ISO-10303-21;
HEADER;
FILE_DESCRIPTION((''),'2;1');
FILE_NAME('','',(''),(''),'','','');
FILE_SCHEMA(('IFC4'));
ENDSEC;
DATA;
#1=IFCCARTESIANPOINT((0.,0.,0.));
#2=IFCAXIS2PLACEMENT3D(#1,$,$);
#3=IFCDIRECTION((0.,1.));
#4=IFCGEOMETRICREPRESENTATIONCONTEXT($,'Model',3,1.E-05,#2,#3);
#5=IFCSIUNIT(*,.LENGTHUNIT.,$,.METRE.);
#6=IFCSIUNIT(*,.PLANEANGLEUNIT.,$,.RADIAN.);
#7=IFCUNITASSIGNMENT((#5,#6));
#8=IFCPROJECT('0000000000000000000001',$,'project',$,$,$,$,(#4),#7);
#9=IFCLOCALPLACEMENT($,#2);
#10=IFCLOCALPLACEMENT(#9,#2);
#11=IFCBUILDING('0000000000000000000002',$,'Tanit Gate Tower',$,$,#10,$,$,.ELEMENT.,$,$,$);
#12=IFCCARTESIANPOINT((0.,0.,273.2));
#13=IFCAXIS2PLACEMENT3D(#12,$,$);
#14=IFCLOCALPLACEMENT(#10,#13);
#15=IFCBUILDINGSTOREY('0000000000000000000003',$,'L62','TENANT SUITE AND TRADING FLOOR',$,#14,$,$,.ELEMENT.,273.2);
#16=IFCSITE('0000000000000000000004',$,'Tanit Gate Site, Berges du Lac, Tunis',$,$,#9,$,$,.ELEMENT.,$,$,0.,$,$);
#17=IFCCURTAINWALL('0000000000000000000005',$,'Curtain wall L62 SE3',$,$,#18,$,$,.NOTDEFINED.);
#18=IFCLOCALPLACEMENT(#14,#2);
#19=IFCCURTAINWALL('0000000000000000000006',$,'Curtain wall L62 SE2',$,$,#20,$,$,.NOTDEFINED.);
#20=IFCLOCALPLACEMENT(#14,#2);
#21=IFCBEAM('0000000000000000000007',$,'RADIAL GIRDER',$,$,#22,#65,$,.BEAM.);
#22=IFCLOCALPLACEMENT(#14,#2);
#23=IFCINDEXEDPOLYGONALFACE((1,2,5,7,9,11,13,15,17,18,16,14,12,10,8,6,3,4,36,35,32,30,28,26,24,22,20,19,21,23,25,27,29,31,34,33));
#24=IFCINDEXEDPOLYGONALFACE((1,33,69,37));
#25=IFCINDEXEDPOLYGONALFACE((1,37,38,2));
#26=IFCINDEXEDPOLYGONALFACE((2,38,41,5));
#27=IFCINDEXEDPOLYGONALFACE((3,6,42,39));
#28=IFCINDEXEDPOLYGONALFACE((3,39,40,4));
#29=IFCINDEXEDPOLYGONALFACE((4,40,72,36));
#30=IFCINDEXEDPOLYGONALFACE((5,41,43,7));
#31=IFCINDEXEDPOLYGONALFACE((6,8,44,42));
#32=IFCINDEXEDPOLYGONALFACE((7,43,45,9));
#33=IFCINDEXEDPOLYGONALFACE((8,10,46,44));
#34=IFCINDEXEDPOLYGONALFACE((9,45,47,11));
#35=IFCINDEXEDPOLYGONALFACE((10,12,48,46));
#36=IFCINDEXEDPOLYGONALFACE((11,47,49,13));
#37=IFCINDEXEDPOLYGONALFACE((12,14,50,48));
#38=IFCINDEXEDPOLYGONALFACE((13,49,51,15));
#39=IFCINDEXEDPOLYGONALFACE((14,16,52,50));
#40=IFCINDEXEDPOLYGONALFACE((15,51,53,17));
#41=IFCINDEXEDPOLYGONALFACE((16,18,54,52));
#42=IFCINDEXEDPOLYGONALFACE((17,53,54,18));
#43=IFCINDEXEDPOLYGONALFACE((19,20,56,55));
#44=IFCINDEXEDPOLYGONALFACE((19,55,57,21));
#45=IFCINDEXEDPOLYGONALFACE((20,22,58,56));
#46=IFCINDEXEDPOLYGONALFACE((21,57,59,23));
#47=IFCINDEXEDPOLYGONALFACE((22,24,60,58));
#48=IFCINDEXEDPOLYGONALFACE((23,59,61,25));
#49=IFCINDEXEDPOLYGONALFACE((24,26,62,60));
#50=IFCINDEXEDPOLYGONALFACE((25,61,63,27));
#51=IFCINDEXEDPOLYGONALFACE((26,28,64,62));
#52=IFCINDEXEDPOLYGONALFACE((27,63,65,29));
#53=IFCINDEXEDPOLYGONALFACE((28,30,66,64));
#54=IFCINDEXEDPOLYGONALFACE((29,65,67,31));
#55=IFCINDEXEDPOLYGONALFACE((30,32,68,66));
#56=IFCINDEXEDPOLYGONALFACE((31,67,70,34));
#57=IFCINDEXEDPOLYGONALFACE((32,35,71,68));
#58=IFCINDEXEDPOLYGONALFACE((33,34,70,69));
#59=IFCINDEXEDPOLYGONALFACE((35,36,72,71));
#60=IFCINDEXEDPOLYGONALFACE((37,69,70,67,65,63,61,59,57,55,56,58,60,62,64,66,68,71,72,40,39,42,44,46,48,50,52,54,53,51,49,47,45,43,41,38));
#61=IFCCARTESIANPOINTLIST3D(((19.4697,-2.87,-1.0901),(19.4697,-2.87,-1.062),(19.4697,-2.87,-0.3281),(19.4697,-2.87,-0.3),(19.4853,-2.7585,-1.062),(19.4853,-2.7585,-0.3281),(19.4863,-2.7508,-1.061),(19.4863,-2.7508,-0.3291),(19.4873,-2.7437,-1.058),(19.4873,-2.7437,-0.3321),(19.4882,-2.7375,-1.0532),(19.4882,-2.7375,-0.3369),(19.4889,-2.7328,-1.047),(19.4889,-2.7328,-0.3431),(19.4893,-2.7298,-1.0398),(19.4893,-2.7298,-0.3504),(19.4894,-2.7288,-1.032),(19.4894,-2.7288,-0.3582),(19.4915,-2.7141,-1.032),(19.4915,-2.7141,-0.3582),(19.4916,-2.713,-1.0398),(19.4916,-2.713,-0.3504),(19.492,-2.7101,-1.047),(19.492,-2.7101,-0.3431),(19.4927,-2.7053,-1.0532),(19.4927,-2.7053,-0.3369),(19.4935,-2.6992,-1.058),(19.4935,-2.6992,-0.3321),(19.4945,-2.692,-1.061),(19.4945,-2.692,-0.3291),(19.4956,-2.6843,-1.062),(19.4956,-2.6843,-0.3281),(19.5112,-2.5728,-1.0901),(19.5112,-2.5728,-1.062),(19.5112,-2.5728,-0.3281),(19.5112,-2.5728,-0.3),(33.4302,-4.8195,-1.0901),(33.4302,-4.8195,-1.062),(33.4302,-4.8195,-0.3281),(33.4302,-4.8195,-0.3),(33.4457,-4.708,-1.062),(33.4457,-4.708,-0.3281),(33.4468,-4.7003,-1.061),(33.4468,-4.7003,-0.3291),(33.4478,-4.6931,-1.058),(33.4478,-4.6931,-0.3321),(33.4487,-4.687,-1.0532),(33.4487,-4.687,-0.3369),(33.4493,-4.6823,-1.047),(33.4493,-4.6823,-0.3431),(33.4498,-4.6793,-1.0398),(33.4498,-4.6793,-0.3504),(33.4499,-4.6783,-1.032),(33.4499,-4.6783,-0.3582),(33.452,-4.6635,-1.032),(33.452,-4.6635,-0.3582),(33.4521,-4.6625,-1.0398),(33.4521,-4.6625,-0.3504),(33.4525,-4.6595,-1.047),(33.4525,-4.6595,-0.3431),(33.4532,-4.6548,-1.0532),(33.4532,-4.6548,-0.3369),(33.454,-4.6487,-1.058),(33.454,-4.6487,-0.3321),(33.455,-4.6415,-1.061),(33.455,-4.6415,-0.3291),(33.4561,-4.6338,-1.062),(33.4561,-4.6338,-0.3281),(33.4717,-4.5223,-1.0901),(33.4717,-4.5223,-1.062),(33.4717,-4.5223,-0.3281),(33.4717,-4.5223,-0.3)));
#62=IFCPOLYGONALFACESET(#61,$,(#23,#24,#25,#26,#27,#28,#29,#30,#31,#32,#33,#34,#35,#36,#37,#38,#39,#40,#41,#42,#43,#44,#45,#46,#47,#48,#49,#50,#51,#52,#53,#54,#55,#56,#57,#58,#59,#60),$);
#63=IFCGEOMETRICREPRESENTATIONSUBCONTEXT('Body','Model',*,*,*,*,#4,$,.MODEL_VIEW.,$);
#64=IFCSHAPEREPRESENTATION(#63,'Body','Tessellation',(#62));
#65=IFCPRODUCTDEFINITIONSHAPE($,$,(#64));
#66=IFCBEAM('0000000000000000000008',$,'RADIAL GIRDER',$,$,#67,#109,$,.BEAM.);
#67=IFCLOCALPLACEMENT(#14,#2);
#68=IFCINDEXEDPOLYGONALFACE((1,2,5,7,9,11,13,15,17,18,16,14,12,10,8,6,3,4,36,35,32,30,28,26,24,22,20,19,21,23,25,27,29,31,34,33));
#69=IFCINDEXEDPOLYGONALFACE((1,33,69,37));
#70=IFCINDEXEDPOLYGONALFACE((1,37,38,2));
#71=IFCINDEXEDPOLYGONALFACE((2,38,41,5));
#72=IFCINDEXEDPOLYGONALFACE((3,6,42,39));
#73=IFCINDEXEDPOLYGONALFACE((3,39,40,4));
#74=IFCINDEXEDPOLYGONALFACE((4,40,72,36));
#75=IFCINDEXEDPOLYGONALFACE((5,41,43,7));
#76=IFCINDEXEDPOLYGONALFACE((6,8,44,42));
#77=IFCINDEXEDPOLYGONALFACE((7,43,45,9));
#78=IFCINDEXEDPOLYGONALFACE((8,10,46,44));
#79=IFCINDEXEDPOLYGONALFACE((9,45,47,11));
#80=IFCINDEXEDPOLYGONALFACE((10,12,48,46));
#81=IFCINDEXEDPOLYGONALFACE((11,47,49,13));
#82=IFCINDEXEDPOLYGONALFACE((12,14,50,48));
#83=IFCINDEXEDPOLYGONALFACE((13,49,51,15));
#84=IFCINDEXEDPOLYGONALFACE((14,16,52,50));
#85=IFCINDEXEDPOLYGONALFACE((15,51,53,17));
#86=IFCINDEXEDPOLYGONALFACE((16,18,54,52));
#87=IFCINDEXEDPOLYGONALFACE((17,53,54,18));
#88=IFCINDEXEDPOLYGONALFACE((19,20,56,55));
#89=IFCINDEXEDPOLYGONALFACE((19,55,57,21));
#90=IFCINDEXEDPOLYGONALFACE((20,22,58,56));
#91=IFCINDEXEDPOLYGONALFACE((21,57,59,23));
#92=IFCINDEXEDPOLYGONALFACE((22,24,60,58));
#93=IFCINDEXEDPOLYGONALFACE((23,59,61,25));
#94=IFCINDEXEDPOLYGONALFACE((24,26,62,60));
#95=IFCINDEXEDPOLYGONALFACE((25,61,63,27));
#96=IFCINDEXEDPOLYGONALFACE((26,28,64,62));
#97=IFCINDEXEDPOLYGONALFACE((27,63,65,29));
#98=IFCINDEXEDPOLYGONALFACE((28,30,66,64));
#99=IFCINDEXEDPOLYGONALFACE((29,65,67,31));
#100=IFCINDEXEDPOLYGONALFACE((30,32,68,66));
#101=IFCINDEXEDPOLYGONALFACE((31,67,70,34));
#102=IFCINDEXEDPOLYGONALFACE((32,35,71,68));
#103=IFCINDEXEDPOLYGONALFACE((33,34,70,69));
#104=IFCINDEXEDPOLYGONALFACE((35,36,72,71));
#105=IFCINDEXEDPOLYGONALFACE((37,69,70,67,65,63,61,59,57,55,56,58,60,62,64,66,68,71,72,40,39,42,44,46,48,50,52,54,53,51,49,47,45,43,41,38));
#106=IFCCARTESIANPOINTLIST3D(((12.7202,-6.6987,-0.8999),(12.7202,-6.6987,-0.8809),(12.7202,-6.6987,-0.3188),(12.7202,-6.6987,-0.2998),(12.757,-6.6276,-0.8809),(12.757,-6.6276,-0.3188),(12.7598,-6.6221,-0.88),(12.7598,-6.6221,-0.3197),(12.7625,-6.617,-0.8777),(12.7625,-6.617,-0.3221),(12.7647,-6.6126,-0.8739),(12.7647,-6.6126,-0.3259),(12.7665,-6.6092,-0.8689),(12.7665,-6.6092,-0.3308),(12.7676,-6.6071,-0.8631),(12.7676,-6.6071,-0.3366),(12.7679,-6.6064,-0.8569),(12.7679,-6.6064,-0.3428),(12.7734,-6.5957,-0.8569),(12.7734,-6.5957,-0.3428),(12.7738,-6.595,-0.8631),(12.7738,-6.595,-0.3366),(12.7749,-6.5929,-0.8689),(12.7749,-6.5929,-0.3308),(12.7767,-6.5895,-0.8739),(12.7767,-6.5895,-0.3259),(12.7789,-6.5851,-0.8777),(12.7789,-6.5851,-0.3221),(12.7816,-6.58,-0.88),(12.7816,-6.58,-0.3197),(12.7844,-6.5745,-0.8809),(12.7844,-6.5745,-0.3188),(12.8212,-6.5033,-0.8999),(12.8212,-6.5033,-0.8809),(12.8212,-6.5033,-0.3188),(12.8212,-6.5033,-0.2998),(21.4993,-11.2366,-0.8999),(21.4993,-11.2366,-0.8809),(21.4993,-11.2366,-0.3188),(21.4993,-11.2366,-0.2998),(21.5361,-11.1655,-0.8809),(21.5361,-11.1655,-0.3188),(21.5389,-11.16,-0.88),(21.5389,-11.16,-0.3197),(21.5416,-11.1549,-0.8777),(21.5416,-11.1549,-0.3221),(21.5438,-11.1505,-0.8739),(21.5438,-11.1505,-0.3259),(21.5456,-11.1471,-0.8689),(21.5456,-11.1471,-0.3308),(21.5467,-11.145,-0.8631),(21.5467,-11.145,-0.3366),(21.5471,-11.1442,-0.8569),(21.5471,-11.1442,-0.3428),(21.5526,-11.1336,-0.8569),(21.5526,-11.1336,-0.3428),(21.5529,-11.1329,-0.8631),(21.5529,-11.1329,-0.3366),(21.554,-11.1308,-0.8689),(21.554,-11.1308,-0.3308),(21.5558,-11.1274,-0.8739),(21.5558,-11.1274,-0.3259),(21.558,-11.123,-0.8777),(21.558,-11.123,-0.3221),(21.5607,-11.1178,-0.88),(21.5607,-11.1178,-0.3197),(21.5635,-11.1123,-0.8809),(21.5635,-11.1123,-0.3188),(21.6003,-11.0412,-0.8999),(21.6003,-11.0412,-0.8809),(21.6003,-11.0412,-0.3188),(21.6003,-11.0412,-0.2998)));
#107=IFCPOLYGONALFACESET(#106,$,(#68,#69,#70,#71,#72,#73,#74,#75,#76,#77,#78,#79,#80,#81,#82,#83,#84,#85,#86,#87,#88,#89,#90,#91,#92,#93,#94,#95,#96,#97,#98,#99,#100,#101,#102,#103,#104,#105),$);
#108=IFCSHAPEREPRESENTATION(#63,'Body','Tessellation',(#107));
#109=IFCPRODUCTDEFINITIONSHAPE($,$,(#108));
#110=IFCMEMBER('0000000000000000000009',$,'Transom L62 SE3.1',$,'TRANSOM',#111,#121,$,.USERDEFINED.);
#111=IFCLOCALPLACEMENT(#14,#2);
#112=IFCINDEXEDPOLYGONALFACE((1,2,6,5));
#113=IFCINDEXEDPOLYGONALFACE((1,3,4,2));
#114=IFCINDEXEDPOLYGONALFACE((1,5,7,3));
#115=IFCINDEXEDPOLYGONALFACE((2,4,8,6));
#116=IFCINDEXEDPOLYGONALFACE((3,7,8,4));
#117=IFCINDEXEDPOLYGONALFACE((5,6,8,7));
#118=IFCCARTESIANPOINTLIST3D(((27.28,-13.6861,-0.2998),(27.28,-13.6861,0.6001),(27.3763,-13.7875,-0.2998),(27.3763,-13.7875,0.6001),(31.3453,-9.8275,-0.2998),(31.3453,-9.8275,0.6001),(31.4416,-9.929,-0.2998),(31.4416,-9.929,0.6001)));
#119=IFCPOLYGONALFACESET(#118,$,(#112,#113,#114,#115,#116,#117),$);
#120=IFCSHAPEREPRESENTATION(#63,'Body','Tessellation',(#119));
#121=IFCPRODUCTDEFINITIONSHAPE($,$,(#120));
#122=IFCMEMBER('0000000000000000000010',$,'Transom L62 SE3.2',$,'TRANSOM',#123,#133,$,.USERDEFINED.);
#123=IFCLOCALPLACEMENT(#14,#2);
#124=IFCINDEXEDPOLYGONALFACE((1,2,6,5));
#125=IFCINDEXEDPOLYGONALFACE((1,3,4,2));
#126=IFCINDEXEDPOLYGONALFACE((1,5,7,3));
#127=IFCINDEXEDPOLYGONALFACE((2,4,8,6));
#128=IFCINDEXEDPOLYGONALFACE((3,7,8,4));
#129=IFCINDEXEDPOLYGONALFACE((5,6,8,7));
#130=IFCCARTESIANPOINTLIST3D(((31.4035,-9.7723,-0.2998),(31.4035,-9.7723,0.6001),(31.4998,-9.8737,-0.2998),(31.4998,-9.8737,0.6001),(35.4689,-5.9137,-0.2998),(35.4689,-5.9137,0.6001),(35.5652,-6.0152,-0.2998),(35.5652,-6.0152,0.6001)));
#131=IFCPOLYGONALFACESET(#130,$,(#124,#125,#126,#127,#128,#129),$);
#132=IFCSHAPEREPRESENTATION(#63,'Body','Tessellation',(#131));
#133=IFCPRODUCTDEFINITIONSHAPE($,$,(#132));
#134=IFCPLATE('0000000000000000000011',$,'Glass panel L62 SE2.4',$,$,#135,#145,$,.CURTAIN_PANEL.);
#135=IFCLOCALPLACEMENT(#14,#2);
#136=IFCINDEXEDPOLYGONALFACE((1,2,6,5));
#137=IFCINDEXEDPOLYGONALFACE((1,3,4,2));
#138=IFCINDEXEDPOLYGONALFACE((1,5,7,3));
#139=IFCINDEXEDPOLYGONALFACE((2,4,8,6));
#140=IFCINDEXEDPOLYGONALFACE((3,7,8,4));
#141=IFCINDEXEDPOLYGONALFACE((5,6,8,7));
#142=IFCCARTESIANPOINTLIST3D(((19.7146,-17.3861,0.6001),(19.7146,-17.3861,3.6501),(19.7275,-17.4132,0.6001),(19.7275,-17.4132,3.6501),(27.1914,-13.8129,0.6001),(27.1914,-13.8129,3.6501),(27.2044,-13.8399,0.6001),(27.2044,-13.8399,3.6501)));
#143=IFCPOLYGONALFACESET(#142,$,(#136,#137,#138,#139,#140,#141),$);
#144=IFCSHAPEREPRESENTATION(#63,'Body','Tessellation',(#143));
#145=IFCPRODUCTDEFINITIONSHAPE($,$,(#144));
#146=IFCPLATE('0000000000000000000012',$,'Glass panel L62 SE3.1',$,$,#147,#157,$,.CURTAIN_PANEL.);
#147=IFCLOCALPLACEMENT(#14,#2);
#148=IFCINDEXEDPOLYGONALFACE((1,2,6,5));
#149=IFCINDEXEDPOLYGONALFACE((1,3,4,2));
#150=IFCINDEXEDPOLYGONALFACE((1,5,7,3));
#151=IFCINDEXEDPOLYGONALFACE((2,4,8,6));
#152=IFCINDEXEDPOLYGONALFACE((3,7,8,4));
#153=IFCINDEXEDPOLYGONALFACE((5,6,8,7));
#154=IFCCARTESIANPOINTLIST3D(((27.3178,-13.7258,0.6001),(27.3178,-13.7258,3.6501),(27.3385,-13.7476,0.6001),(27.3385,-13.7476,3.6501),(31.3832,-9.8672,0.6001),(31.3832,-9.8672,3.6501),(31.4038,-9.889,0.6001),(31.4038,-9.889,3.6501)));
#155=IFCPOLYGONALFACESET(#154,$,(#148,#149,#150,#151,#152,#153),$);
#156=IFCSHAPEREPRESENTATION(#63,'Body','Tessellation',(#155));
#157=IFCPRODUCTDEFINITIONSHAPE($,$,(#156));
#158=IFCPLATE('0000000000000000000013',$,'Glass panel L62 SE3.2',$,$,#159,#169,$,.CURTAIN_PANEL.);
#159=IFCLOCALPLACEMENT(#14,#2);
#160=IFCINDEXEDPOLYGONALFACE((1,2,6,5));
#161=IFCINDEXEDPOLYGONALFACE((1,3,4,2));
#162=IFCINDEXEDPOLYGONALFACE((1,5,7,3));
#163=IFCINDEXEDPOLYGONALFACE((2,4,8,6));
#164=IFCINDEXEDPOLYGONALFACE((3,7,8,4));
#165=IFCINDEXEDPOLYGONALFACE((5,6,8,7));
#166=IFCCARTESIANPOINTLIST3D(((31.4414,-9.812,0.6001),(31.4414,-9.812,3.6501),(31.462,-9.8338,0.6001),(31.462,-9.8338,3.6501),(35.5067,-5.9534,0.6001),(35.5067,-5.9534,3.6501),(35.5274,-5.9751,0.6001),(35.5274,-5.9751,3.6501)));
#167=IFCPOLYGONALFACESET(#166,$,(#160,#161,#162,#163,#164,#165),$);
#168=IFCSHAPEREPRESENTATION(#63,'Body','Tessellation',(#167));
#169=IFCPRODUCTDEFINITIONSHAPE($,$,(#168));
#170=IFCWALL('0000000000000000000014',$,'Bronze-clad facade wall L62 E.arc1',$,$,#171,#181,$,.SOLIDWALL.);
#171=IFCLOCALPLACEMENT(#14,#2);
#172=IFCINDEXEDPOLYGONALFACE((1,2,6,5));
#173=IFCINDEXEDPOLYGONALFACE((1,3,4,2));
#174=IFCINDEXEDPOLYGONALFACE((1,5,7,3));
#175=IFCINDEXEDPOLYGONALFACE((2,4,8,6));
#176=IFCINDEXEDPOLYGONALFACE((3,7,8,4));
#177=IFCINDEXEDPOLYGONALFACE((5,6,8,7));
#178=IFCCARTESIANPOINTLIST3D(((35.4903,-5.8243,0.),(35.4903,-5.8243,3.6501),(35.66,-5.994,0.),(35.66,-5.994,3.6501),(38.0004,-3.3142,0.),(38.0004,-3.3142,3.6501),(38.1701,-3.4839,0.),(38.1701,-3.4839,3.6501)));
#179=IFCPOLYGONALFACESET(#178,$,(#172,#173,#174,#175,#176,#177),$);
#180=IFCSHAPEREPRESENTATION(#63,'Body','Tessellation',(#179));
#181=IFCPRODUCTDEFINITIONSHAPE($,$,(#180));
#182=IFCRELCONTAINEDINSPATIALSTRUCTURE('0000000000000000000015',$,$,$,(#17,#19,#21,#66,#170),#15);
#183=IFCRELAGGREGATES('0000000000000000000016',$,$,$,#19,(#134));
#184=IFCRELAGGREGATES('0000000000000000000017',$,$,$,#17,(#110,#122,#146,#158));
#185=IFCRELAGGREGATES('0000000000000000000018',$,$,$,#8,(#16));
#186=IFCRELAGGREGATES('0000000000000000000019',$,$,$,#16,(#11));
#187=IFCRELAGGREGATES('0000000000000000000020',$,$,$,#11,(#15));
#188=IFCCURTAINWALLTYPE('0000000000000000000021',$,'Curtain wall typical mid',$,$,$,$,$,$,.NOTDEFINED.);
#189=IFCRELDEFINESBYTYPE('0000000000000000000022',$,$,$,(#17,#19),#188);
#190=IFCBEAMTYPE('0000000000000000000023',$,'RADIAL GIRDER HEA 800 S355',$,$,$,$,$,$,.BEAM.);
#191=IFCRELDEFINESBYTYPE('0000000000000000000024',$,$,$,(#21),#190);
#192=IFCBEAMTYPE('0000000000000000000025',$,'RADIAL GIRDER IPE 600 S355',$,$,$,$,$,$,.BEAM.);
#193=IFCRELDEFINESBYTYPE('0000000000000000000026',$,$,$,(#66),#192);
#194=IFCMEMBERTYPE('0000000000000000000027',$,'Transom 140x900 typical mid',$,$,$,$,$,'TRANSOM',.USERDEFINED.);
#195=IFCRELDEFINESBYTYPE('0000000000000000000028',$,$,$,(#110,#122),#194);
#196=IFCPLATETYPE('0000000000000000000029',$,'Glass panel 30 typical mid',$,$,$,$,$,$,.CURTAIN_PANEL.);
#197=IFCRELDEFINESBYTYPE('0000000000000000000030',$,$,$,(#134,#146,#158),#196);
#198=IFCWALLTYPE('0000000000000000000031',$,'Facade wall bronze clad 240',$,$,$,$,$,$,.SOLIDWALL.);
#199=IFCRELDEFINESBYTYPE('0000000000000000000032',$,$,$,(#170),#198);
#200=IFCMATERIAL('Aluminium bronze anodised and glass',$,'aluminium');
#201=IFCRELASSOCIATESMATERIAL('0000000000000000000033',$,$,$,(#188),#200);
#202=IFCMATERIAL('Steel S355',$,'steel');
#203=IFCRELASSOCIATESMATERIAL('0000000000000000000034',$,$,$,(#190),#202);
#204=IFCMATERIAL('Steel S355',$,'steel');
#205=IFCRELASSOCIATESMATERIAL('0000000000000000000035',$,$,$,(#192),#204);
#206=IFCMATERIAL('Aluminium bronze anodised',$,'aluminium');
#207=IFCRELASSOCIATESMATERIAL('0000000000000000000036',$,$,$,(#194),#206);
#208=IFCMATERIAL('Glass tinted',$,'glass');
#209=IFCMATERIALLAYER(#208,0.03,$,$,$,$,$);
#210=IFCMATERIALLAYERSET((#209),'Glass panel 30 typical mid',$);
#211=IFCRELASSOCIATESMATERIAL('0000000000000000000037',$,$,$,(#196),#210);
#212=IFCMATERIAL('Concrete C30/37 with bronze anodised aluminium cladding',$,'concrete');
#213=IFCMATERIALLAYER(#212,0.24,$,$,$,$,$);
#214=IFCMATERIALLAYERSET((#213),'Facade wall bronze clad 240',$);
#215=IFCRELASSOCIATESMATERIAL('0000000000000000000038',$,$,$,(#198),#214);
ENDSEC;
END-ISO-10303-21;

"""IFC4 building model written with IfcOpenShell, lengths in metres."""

from ifc_helpers import new_model, si_unit, direction, frame, frame_2d, origin, origin_2d, place, context, subcontext, project, spatial, rectangle, i_section, extrude, material, layer, layer_set, material_profile, profile_set, type_object, element, aggregate, save


model = new_model("IFC4")

# Units and contexts
model_context = context("Model", 3, precision=1e-05, world=origin(), true_north=direction((0.0, 1.0)))
body_context = subcontext(model_context, "Body", "Model", "MODEL_VIEW")
ifc_project = project(units=[si_unit("LENGTHUNIT", "METRE"), si_unit("PLANEANGLEUNIT", "RADIAN")], contexts=[model_context])

# Site, building, storey
site_placement = place(None, origin())
site = spatial("IfcSite", under=ifc_project, at=site_placement, Name="Tanit Gate Site, Berges du Lac, Tunis", CompositionType="ELEMENT", RefElevation=0.0)
building_placement = place(site_placement, origin())
building = spatial("IfcBuilding", under=site, at=building_placement, Name="Tanit Gate Tower", CompositionType="ELEMENT")
storey_placement = place(building_placement, frame((0.0, 0.0, 273.2)))
storey = spatial("IfcBuildingStorey", under=building, at=storey_placement, Name="L62", Description="TENANT SUITE AND TRADING FLOOR", CompositionType="ELEMENT", Elevation=273.2)

# Curtain wall
ifc_material_1 = material(Name="Aluminium bronze anodised and glass", Category="aluminium")
curtain_wall_type = type_object("IfcCurtainWallType", Name="Curtain wall typical mid", PredefinedType="NOTDEFINED", material=ifc_material_1)
curtain_wall_1_placement = place(storey_placement, origin())
curtain_wall_1 = element("IfcCurtainWall", 1, at=curtain_wall_1_placement, inside=storey, type_object=curtain_wall_type, Name="Curtain wall L62 SE3", PredefinedType="NOTDEFINED")

# Curtain wall
curtain_wall_2_placement = place(storey_placement, origin())
curtain_wall_2 = element("IfcCurtainWall", 2, at=curtain_wall_2_placement, inside=storey, type_object=curtain_wall_type, Name="Curtain wall L62 SE2", PredefinedType="NOTDEFINED")

# Beams
ifc_material_2 = material(Name="Steel S355", Category="steel")
ifc_material_profile_1 = material_profile(ifc_material_2, i_section(OverallWidth=0.3, OverallDepth=0.79, WebThickness=0.0149, FlangeThickness=0.0281, FilletRadius=0.03, at=origin_2d()), Name="HEA 800")
ifc_profile_set_1 = profile_set([ifc_material_profile_1], Name="Steel S355")
beam_type_1 = type_object("IfcBeamType", Name="RADIAL GIRDER HEA 800 S355", PredefinedType="BEAM", material=ifc_profile_set_1)
beam_1_placement = place(storey_placement, frame((33.4509, -4.6709, -0.6951), z_axis=(-0.99039, 0.1383, 0.0), x_axis=(-0.1383, -0.99039, 0.0)))
element("IfcBeam", 3, at=beam_1_placement, inside=storey, type_object=beam_type_1, Name="RADIAL GIRDER", PredefinedType="BEAM", context=body_context, shape_type="SweptSolid", body=[
    extrude(i_section(OverallWidth=0.3, OverallDepth=0.79, WebThickness=0.0149, FlangeThickness=0.0281, FilletRadius=0.03, at=origin_2d()), origin(), (0.0, 0.0, 1.0), 14.0959),
])
ifc_material_3 = material(Name="Steel S355", Category="steel")
ifc_material_profile_2 = material_profile(ifc_material_3, i_section(OverallWidth=0.22, OverallDepth=0.6001, WebThickness=0.012, FlangeThickness=0.019, FilletRadius=0.0239, at=origin_2d()), Name="IPE 600")
ifc_profile_set_2 = profile_set([ifc_material_profile_2], Name="Steel S355")
beam_type_2 = type_object("IfcBeamType", Name="RADIAL GIRDER IPE 600 S355", PredefinedType="BEAM", material=ifc_profile_set_2)
beam_2_placement = place(storey_placement, frame((21.5498, -11.1389, -0.5999), z_axis=(-0.888343, 0.45918, 0.0), x_axis=(-0.45918, -0.888343, 0.0)))
element("IfcBeam", 4, at=beam_2_placement, inside=storey, type_object=beam_type_2, Name="RADIAL GIRDER", PredefinedType="BEAM", context=body_context, shape_type="SweptSolid", body=[
    extrude(i_section(OverallWidth=0.22, OverallDepth=0.6001, WebThickness=0.012, FlangeThickness=0.019, FilletRadius=0.0239, at=origin_2d()), origin(), (0.0, 0.0, 1.0), 9.8826),
])

# Members
ifc_material_4 = material(Name="Aluminium bronze anodised", Category="aluminium")
ifc_material_profile_3 = material_profile(ifc_material_4, rectangle(XDim=0.1399, YDim=0.8999, at=origin_2d()), Name="140x900 bronze transom")
ifc_profile_set_3 = profile_set([ifc_material_profile_3], Name="Aluminium bronze anodised")
member_type_1 = type_object("IfcMemberType", Name="Transom 140x900 typical mid", ElementType="TRANSOM", PredefinedType="USERDEFINED", material=ifc_profile_set_3)
member_1_placement = place(storey_placement, frame((27.3281, -13.7368, 0.1501), z_axis=(0.725313, 0.68842, 0.0), x_axis=(-0.68842, 0.725313, 0.0)))
member_1 = element("IfcMember", 5, at=member_1_placement, type_object=member_type_1, Name="Transom L62 SE3.1", ObjectType="TRANSOM", PredefinedType="USERDEFINED", context=body_context, shape_type="SweptSolid", body=[
    extrude(rectangle(XDim=0.1399, YDim=0.8999, at=origin_2d()), origin(), (0.0, 0.0, 1.0), 5.605),
])
member_2_placement = place(storey_placement, frame((31.4517, -9.823, 0.1501), z_axis=(0.725313, 0.68842, 0.0), x_axis=(-0.68842, 0.725313, 0.0)))
member_2 = element("IfcMember", 6, at=member_2_placement, type_object=member_type_1, Name="Transom L62 SE3.2", ObjectType="TRANSOM", PredefinedType="USERDEFINED", context=body_context, shape_type="SweptSolid", body=[
    extrude(rectangle(XDim=0.1399, YDim=0.8999, at=origin_2d()), origin(), (0.0, 0.0, 1.0), 5.605),
])

# Plates
ifc_material_5 = material(Name="Glass tinted", Category="glass")
ifc_layer_1 = layer(ifc_material_5, 0.03)
ifc_layer_set_1 = layer_set([ifc_layer_1], Name="Glass panel 30 typical mid")
plate_type = type_object("IfcPlateType", Name="Glass panel 30 typical mid", PredefinedType="CURTAIN_PANEL", material=ifc_layer_set_1)
plate_1_placement = place(storey_placement, frame((23.4595, -15.613, 0.6001), z_axis=(0.0, 0.0, 1.0), x_axis=(0.902258, 0.431197, 0.0)))
plate_1 = element("IfcPlate", 7, at=plate_1_placement, type_object=plate_type, Name="Glass panel L62 SE2.4", PredefinedType="CURTAIN_PANEL", context=body_context, shape_type="SweptSolid", body=[
    extrude(rectangle(XDim=8.2869, YDim=0.03, at=origin_2d()), origin(), (0.0, 0.0, 1.0), 3.05),
])
aggregate(curtain_wall_2, [plate_1])
plate_2_placement = place(storey_placement, frame((29.3608, -11.8074, 0.6001), z_axis=(0.0, 0.0, 1.0), x_axis=(0.725306, 0.688427, 0.0)))
plate_2 = element("IfcPlate", 8, at=plate_2_placement, type_object=plate_type, Name="Glass panel L62 SE3.1", PredefinedType="CURTAIN_PANEL", context=body_context, shape_type="SweptSolid", body=[
    extrude(rectangle(XDim=5.605, YDim=0.03, at=origin_2d()), origin(), (0.0, 0.0, 1.0), 3.05),
])
plate_3_placement = place(storey_placement, frame((33.4844, -7.8936, 0.6001), z_axis=(0.0, 0.0, 1.0), x_axis=(0.725306, 0.688427, 0.0)))
plate_3 = element("IfcPlate", 9, at=plate_3_placement, type_object=plate_type, Name="Glass panel L62 SE3.2", PredefinedType="CURTAIN_PANEL", context=body_context, shape_type="SweptSolid", body=[
    extrude(rectangle(XDim=5.605, YDim=0.03, at=origin_2d()), origin(), (0.0, 0.0, 1.0), 3.05),
])
aggregate(curtain_wall_1, [member_1, member_2, plate_2, plate_3])

# Wall
ifc_material_6 = material(Name="Concrete C30/37 with bronze anodised aluminium cladding", Category="concrete")
ifc_layer_2 = layer(ifc_material_6, 0.24)
ifc_layer_set_2 = layer_set([ifc_layer_2], Name="Facade wall bronze clad 240")
wall_type_1 = type_object("IfcWallType", Name="Facade wall bronze clad 240", PredefinedType="SOLIDWALL", material=ifc_layer_set_2)
wall_1_placement = place(storey_placement, frame((35.5752, -5.9092, 0.0), z_axis=(0.0, 0.0, 1.0), x_axis=(0.707107, 0.707107, 0.0)))
element("IfcWall", 10, at=wall_1_placement, inside=storey, type_object=wall_type_1, Name="Bronze-clad facade wall L62 E.arc1", PredefinedType="SOLIDWALL", context=body_context, shape_type="SweptSolid", body=[
    extrude(rectangle(XDim=3.5498, YDim=0.24, at=frame_2d((1.7749, 0.0))), origin(), (0.0, 0.0, 1.0), 3.6501),
])

save(model, "model.ifc")
